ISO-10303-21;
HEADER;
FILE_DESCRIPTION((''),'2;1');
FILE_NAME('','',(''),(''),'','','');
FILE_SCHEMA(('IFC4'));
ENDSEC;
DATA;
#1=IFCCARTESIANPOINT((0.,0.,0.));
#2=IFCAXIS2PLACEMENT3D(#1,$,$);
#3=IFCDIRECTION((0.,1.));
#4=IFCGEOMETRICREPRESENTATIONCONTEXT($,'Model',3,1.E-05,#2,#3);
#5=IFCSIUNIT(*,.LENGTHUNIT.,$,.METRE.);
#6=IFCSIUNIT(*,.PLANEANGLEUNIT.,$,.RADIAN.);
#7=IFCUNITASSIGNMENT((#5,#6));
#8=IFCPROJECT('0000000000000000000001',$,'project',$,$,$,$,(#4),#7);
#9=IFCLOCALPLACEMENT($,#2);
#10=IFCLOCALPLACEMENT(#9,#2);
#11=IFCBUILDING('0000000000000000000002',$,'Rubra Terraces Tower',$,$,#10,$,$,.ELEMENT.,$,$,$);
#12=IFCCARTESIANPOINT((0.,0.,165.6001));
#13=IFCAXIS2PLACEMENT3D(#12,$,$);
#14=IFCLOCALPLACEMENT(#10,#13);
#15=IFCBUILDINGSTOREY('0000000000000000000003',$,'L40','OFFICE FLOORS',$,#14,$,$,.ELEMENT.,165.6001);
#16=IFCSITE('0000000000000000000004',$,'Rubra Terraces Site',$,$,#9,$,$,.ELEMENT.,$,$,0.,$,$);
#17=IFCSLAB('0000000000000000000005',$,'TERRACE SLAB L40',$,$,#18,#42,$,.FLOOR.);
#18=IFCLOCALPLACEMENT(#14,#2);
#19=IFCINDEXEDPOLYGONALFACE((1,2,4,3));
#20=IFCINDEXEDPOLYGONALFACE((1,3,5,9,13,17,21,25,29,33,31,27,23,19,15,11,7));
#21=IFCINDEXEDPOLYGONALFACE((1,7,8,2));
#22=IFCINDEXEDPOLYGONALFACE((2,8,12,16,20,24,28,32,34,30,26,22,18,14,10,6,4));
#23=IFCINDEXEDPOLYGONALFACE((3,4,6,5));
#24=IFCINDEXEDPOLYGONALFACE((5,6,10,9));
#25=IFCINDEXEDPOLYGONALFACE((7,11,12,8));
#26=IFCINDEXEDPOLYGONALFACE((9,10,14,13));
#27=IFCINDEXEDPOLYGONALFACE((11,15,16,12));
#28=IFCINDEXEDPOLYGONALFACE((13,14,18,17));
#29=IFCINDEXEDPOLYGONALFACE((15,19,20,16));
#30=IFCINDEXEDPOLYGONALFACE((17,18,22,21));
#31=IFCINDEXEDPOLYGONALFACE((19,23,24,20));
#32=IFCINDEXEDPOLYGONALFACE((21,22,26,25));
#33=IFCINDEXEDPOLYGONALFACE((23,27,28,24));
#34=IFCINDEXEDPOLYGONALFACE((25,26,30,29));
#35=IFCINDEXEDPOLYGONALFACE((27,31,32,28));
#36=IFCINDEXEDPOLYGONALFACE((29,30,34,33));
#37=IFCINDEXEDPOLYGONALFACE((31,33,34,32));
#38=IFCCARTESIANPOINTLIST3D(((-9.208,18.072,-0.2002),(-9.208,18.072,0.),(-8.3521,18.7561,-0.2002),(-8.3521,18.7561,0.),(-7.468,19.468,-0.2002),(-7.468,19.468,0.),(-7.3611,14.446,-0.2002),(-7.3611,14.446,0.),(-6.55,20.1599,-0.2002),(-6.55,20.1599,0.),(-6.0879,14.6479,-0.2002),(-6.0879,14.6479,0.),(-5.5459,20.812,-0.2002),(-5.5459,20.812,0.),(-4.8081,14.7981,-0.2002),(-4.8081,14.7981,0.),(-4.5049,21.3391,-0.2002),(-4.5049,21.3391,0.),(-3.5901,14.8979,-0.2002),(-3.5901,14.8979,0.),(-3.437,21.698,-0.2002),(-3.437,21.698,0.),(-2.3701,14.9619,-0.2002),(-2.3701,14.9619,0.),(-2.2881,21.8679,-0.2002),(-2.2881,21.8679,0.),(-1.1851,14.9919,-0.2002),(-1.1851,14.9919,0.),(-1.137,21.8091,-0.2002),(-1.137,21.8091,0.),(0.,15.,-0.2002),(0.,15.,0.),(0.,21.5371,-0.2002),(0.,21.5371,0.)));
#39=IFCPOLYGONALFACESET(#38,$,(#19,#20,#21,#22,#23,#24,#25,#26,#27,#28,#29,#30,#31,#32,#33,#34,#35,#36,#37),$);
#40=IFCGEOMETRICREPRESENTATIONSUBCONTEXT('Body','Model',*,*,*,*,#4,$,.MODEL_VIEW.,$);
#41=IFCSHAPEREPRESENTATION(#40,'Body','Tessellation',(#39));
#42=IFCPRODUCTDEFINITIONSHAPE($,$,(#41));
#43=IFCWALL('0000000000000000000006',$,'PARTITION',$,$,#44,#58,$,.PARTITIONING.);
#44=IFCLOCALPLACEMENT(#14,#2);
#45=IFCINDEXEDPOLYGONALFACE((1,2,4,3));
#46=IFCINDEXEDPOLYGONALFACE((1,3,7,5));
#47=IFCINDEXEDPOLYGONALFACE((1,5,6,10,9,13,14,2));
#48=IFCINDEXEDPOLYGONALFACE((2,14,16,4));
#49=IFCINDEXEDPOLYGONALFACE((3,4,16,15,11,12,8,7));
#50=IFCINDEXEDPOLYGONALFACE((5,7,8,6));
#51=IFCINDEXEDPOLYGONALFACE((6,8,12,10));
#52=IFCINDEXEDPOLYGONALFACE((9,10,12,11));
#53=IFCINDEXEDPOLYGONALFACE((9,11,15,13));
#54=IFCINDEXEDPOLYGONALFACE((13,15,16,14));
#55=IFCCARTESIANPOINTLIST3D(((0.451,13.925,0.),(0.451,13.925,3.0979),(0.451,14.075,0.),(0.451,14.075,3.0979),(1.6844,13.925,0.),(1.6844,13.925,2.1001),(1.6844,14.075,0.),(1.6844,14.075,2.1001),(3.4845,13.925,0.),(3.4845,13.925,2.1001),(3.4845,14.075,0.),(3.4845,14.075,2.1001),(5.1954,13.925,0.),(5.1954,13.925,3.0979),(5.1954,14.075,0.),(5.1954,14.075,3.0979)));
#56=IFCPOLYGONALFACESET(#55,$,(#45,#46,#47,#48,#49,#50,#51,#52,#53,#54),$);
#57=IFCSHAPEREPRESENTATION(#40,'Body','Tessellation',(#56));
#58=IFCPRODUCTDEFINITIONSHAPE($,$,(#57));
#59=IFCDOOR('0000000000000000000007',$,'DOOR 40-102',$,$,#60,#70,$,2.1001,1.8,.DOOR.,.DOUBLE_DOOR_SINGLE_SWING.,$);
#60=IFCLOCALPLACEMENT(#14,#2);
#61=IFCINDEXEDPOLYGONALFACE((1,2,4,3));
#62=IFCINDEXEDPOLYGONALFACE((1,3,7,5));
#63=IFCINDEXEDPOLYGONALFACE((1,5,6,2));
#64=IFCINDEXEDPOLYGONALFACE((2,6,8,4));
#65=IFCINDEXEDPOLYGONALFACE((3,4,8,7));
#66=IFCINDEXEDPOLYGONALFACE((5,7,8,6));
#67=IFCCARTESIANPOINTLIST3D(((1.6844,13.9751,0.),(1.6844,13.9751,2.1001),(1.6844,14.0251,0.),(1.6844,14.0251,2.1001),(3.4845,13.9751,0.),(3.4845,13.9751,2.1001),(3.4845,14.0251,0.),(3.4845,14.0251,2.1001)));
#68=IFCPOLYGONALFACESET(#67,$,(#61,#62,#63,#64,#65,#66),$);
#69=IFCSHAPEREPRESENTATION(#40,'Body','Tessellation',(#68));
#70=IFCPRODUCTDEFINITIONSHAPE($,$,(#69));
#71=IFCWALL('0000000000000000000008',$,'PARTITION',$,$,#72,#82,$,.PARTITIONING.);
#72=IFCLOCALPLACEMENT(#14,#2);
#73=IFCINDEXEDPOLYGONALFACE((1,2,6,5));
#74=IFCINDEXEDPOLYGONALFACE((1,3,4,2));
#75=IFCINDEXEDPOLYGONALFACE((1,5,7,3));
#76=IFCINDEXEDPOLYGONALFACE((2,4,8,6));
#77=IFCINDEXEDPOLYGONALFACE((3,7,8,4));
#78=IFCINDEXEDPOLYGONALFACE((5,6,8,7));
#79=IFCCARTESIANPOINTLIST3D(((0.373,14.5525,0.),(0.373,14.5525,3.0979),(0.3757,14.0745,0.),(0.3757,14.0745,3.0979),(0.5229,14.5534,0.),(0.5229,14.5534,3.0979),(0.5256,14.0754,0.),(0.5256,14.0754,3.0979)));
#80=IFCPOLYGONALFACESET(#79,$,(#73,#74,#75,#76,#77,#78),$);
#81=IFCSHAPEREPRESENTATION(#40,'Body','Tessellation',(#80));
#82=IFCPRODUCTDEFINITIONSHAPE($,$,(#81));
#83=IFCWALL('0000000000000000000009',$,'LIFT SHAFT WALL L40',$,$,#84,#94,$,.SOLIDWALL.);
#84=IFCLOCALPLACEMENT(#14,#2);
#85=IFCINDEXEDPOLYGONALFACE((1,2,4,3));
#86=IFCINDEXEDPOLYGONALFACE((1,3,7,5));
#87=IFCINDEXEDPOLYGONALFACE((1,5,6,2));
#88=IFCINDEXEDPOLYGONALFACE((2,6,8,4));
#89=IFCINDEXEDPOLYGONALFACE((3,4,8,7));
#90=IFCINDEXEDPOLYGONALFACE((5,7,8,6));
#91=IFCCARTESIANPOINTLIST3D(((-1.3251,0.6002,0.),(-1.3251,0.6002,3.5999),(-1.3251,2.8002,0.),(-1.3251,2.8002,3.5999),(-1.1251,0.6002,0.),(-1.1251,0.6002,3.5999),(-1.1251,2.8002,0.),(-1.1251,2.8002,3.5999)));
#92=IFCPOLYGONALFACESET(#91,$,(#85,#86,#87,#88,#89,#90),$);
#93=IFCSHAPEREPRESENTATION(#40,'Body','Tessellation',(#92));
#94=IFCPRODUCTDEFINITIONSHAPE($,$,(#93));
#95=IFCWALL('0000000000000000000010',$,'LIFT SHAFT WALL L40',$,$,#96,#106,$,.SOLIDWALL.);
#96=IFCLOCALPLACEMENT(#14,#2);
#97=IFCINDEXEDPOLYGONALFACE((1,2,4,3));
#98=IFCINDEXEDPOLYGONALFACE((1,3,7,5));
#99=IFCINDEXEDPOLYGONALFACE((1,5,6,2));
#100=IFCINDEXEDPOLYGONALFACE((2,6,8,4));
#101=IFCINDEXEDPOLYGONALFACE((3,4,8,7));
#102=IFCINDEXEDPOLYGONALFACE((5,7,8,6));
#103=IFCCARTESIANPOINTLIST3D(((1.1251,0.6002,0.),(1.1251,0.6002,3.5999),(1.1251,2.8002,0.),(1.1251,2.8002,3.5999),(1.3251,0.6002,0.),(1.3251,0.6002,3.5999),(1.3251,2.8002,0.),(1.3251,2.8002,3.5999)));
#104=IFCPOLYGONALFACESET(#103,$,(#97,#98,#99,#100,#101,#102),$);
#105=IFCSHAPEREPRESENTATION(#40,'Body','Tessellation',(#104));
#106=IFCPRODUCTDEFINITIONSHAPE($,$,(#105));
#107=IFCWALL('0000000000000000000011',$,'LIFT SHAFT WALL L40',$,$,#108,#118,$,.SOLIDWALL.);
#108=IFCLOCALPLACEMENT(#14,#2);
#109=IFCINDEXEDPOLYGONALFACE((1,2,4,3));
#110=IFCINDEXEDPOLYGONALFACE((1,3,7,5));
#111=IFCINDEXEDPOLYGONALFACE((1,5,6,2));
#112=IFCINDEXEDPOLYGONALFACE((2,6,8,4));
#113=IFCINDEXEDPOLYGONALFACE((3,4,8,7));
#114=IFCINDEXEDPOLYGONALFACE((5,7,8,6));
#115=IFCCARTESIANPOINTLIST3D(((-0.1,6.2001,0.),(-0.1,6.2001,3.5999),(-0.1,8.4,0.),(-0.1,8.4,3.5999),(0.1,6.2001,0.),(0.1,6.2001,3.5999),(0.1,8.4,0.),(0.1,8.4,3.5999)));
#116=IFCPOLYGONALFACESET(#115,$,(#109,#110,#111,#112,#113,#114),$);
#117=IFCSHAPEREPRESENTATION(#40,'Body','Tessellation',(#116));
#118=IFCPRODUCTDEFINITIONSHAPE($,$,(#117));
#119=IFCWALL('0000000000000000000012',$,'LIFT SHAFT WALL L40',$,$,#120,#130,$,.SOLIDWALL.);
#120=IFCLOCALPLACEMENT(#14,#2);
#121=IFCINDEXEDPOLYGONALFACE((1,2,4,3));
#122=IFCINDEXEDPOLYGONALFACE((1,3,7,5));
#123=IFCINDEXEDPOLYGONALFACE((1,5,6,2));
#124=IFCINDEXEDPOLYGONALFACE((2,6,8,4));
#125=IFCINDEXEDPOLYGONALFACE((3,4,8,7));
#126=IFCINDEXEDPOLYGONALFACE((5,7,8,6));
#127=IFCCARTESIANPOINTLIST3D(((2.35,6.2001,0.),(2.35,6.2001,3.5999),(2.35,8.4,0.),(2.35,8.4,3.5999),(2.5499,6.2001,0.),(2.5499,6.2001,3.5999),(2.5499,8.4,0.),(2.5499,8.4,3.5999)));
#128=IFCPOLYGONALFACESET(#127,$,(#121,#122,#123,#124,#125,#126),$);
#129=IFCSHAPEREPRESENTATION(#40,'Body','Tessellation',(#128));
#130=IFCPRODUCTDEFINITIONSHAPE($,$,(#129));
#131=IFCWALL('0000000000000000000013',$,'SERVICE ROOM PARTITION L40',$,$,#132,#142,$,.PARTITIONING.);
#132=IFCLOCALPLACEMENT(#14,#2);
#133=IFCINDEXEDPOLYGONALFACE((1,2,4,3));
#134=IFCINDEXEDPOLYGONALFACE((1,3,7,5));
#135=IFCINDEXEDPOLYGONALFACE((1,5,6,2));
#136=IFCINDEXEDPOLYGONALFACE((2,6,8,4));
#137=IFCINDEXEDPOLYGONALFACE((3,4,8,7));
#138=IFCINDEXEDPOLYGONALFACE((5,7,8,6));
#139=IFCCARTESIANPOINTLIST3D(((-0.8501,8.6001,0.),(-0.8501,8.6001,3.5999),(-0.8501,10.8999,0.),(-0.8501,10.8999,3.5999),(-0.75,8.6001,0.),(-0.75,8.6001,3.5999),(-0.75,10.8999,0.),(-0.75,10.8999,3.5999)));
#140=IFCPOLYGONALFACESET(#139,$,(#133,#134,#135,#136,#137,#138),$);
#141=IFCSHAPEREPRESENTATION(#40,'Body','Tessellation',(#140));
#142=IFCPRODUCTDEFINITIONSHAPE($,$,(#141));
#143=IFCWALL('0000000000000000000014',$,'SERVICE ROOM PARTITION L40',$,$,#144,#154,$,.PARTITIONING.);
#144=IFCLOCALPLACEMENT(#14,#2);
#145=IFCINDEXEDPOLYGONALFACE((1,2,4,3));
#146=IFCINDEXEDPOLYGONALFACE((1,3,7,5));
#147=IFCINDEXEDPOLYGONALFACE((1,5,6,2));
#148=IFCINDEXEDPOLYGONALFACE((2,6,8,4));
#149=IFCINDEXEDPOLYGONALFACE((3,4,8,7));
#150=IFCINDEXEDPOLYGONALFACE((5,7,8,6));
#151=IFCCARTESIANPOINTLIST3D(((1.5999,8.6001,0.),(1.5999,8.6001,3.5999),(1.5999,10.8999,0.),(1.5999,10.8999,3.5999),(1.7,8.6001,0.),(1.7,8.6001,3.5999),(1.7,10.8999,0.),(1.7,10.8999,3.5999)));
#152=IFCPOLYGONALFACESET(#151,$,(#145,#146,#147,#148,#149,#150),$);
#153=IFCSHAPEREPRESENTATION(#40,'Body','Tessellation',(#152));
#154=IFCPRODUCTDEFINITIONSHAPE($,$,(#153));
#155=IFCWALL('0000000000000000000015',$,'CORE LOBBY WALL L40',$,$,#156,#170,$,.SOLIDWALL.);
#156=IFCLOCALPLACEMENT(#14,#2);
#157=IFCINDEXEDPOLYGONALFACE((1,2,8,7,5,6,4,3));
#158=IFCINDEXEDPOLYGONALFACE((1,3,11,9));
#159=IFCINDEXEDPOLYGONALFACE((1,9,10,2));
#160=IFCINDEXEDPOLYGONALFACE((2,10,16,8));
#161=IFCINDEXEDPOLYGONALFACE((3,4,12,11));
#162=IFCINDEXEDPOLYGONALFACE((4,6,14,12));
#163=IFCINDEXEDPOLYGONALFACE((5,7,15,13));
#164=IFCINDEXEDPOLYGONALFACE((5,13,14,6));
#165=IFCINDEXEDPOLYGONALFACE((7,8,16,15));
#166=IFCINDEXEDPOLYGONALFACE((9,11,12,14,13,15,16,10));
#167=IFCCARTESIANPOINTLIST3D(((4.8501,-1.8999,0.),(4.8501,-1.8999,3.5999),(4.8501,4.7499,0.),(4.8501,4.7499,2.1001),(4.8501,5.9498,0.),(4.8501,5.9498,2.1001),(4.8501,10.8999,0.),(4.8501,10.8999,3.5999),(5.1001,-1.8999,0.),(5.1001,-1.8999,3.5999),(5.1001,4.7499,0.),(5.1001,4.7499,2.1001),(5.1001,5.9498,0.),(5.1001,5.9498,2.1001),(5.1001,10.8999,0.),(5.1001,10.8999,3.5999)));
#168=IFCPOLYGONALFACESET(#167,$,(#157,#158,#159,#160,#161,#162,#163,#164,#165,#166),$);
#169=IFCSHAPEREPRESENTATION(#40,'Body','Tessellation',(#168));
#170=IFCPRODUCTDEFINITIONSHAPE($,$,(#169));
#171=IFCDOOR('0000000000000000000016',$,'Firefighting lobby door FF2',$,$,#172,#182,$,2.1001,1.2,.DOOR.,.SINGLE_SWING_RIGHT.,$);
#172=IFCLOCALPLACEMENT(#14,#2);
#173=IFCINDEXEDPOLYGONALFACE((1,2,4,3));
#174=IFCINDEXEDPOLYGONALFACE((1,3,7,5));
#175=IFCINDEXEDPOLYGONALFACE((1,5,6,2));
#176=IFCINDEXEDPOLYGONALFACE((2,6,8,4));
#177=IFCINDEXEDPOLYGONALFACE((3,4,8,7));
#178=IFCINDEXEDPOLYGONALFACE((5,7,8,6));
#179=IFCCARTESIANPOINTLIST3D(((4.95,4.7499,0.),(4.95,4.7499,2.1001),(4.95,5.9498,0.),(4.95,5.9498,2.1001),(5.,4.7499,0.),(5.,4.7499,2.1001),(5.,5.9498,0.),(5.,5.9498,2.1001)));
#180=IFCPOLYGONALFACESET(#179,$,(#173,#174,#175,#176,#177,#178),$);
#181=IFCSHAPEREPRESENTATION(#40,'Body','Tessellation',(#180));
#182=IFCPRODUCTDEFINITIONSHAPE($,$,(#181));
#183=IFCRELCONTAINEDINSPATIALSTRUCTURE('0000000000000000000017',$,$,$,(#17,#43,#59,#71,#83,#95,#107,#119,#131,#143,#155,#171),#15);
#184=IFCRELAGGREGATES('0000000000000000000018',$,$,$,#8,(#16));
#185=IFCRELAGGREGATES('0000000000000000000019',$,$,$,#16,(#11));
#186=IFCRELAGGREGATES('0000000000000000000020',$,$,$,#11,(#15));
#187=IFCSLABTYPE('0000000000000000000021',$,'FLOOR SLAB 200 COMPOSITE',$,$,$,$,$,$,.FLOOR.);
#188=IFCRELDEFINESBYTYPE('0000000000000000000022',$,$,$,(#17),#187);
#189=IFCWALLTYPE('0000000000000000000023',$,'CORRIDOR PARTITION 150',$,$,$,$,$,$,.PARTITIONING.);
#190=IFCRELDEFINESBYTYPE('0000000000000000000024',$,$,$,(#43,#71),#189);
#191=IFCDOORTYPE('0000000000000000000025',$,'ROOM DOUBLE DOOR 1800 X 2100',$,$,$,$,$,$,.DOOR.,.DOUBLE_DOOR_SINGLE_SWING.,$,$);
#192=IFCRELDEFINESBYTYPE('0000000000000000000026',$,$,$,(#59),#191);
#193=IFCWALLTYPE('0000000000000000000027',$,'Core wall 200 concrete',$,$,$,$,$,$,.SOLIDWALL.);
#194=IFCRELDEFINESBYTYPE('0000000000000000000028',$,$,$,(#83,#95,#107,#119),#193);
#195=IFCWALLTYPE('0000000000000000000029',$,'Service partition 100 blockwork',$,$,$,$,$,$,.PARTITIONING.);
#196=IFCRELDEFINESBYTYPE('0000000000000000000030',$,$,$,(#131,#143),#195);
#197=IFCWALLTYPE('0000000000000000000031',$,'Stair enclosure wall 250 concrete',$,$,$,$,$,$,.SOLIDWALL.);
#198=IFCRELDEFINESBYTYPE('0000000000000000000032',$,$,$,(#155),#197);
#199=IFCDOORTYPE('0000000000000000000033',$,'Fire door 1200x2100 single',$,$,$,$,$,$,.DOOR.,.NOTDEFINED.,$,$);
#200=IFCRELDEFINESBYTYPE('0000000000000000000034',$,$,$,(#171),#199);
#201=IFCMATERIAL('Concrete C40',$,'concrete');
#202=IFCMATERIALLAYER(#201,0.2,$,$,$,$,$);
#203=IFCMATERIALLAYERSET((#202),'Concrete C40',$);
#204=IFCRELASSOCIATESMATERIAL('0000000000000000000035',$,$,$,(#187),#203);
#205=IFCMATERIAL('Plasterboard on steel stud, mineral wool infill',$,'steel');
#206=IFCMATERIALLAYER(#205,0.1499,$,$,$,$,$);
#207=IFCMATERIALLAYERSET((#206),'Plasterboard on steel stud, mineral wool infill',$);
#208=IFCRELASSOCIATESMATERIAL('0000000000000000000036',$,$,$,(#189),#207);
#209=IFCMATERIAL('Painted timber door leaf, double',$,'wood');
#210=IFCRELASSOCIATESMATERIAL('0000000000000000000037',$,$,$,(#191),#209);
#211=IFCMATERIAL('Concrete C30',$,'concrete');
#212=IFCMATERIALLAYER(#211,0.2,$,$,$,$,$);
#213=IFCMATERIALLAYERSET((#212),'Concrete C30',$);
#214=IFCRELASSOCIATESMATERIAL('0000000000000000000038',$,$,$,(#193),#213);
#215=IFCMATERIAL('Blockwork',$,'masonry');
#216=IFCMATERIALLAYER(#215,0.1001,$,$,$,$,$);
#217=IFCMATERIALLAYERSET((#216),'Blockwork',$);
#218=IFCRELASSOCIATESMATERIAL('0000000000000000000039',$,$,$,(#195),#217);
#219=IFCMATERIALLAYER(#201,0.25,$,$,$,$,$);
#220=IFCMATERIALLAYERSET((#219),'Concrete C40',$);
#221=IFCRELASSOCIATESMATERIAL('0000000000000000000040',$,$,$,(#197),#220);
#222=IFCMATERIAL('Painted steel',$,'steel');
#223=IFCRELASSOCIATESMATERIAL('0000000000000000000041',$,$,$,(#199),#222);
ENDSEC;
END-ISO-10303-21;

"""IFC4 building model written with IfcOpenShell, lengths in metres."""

from ifc_helpers import new_model, si_unit, direction, frame, frame_2d, origin, place, context, subcontext, project, spatial, polyline, rectangle, outline, extrude, material, layer, layer_set, type_object, element, fill, save


model = new_model("IFC4")

# Units and contexts
model_context = context("Model", 3, precision=1e-05, world=origin(), true_north=direction((0.0, 1.0)))
body_context = subcontext(model_context, "Body", "Model", "MODEL_VIEW")
ifc_project = project(units=[si_unit("LENGTHUNIT", "METRE"), si_unit("PLANEANGLEUNIT", "RADIAN")], contexts=[model_context])

# Site, building, storey
site_placement = place(None, origin())
site = spatial("IfcSite", under=ifc_project, at=site_placement, Name="Rubra Terraces Site", CompositionType="ELEMENT", RefElevation=0.0)
building_placement = place(site_placement, origin())
building = spatial("IfcBuilding", under=site, at=building_placement, Name="Rubra Terraces Tower", CompositionType="ELEMENT")
storey_placement = place(building_placement, frame((0.0, 0.0, 165.6001)))
storey = spatial("IfcBuildingStorey", under=building, at=storey_placement, Name="L40", Description="OFFICE FLOORS", CompositionType="ELEMENT", Elevation=165.6001)

# Shared definitions
ifc_material_1 = material(Name="Concrete C40", Category="concrete")

# Slab
ifc_layer_1 = layer(ifc_material_1, 0.2)
ifc_layer_set_1 = layer_set([ifc_layer_1], Name="Concrete C40")
slab_type_1 = type_object("IfcSlabType", Name="FLOOR SLAB 200 COMPOSITE", PredefinedType="FLOOR", material=ifc_layer_set_1)
slab_1_placement = place(storey_placement, frame((0.0, 0.0, -0.2002)))
element("IfcSlab", 1, at=slab_1_placement, inside=storey, type_object=slab_type_1, Name="TERRACE SLAB L40", PredefinedType="FLOOR", context=body_context, shape_type="SweptSolid", body=[
    extrude(outline(polyline([(0.0, 21.5371), (-1.137, 21.8091), (-2.2881, 21.8679), (-3.437, 21.698), (-4.5049, 21.3391), (-5.5459, 20.812), (-6.55, 20.1599), (-7.468, 19.468), (-8.3521, 18.7561), (-9.208, 18.072), (-7.3611, 14.446), (-6.0879, 14.6479), (-4.8081, 14.7981), (-3.5901, 14.8979), (-2.3701, 14.9619), (-1.1851, 14.9919), (0.0, 15.0), (0.0, 21.5371)])), origin(), (0.0, 0.0, 1.0), 0.2002),
])

# Wall, opening, door
ifc_material_2 = material(Name="Plasterboard on steel stud, mineral wool infill", Category="steel")
ifc_layer_2 = layer(ifc_material_2, 0.1499)
ifc_layer_set_2 = layer_set([ifc_layer_2], Name="Plasterboard on steel stud, mineral wool infill")
wall_type_1 = type_object("IfcWallType", Name="CORRIDOR PARTITION 150", PredefinedType="PARTITIONING", material=ifc_layer_set_2)
wall_1_placement = place(storey_placement, frame((5.1953, 14.0, 0.0), z_axis=(0.0, 0.0, 1.0), x_axis=(-1.0, 0.0, 0.0)))
wall_1 = element("IfcWall", 2, at=wall_1_placement, inside=storey, type_object=wall_type_1, Name="PARTITION", PredefinedType="PARTITIONING", context=body_context, shape_type="SweptSolid", body=[
    extrude(rectangle(XDim=4.7444, YDim=0.1499, at=frame_2d((2.3721, 0.0))), origin(), (0.0, 0.0, 1.0), 3.0979),
])
opening_1_placement = place(wall_1_placement, frame((1.7109, 0.0, 0.0)))
opening_1 = element("IfcOpeningElement", 3, at=opening_1_placement, cuts=wall_1, PredefinedType="OPENING", context=body_context, shape_type="SweptSolid", body=[
    extrude(rectangle(XDim=1.8, YDim=2.1001, at=frame_2d((0.8999, 1.05))), frame((0.0, 0.085, 0.0), z_axis=(0.0, -1.0, 0.0), x_axis=(1.0, 0.0, 0.0)), (0.0, 0.0, 1.0), 0.1699),
])
ifc_material_3 = material(Name="Painted timber door leaf, double", Category="wood")
door_type_1 = type_object("IfcDoorType", Name="ROOM DOUBLE DOOR 1800 X 2100", OperationType="DOUBLE_DOOR_SINGLE_SWING", PredefinedType="DOOR", material=ifc_material_3)
door_1_placement = place(opening_1_placement, origin())
door_1 = element("IfcDoor", 4, at=door_1_placement, inside=storey, type_object=door_type_1, Name="DOOR 40-102", OperationType="DOUBLE_DOOR_SINGLE_SWING", OverallHeight=2.1001, OverallWidth=1.8, PredefinedType="DOOR", context=body_context, shape_type="SweptSolid", body=[
    extrude(rectangle(XDim=1.8, YDim=2.1001, at=frame_2d((0.8999, 1.05))), frame((0.0, 0.0249, 0.0), z_axis=(0.0, -1.0, 0.0), x_axis=(1.0, 0.0, 0.0)), (0.0, 0.0, 1.0), 0.05),
])
fill(opening_1, door_1)

# Walls
wall_2_placement = place(storey_placement, frame((0.4507, 14.075, 0.0), z_axis=(0.0, 0.0, 1.0), x_axis=(-0.005618, 0.999984, 0.0)))
element("IfcWall", 5, at=wall_2_placement, inside=storey, type_object=wall_type_1, Name="PARTITION", PredefinedType="PARTITIONING", context=body_context, shape_type="SweptSolid", body=[
    extrude(rectangle(XDim=0.478, YDim=0.1499, at=frame_2d((0.239, 0.0))), origin(), (0.0, 0.0, 1.0), 3.0979),
])
ifc_material_4 = material(Name="Concrete C30", Category="concrete")
ifc_layer_3 = layer(ifc_material_4, 0.2)
ifc_layer_set_3 = layer_set([ifc_layer_3], Name="Concrete C30")
wall_type_2 = type_object("IfcWallType", Name="Core wall 200 concrete", PredefinedType="SOLIDWALL", material=ifc_layer_set_3)
for number, where, z_axis, x_axis, name in (
    (6, (-1.2251, 0.6001, 0.0), (0.0, 0.0, 1.0), (0.0, 1.0, 0.0), "LIFT SHAFT WALL L40"),
    (7, (1.2251, 0.6001, 0.0), (0.0, 0.0, 1.0), (0.0, 1.0, 0.0), "LIFT SHAFT WALL L40"),
    (8, (0.0, 6.2, 0.0), (0.0, 0.0, 1.0), (0.0, 1.0, 0.0), "LIFT SHAFT WALL L40"),
    (9, (2.45, 6.2, 0.0), (0.0, 0.0, 1.0), (0.0, 1.0, 0.0), "LIFT SHAFT WALL L40"),
):
    element("IfcWall", number, at=place(storey_placement, frame(where, z_axis=z_axis, x_axis=x_axis)), inside=storey, type_object=wall_type_2, Name=name, PredefinedType="SOLIDWALL", context=body_context, shape_type="SweptSolid", body=[
        extrude(rectangle(XDim=2.2, YDim=0.2, at=frame_2d((1.1001, 0.0))), origin(), (0.0, 0.0, 1.0), 3.5999),
    ])
ifc_material_5 = material(Name="Blockwork", Category="masonry")
ifc_layer_4 = layer(ifc_material_5, 0.1001)
ifc_layer_set_4 = layer_set([ifc_layer_4], Name="Blockwork")
wall_type_3 = type_object("IfcWallType", Name="Service partition 100 blockwork", PredefinedType="PARTITIONING", material=ifc_layer_set_4)
for number, where, z_axis, x_axis, name in (
    (10, (-0.8, 8.6001, 0.0), (0.0, 0.0, 1.0), (0.0, 1.0, 0.0), "SERVICE ROOM PARTITION L40"),
    (11, (1.6499, 8.6001, 0.0), (0.0, 0.0, 1.0), (0.0, 1.0, 0.0), "SERVICE ROOM PARTITION L40"),
):
    element("IfcWall", number, at=place(storey_placement, frame(where, z_axis=z_axis, x_axis=x_axis)), inside=storey, type_object=wall_type_3, Name=name, PredefinedType="PARTITIONING", context=body_context, shape_type="SweptSolid", body=[
        extrude(rectangle(XDim=2.2998, YDim=0.1001, at=frame_2d((1.1499, 0.0))), origin(), (0.0, 0.0, 1.0), 3.5999),
    ])

# Wall, opening, door
ifc_layer_5 = layer(ifc_material_1, 0.25)
ifc_layer_set_5 = layer_set([ifc_layer_5], Name="Concrete C40")
wall_type_4 = type_object("IfcWallType", Name="Stair enclosure wall 250 concrete", PredefinedType="SOLIDWALL", material=ifc_layer_set_5)
wall_3_placement = place(storey_placement, frame((4.9751, 10.8999, 0.0), z_axis=(0.0, 0.0, 1.0), x_axis=(0.0, -1.0, 0.0)))
wall_3 = element("IfcWall", 12, at=wall_3_placement, inside=storey, type_object=wall_type_4, Name="CORE LOBBY WALL L40", PredefinedType="SOLIDWALL", context=body_context, shape_type="SweptSolid", body=[
    extrude(rectangle(XDim=12.7998, YDim=0.25, at=frame_2d((6.3999, 0.0))), origin(), (0.0, 0.0, 1.0), 3.5999),
])
opening_2_placement = place(wall_3_placement, frame((4.95, 0.0, 0.0)))
opening_2 = element("IfcOpeningElement", 13, at=opening_2_placement, cuts=wall_3, PredefinedType="OPENING", context=body_context, shape_type="SweptSolid", body=[
    extrude(rectangle(XDim=1.2, YDim=2.1001, at=frame_2d((0.6001, 1.05))), frame((0.0, 0.135, 0.0), z_axis=(0.0, -1.0, 0.0), x_axis=(1.0, 0.0, 0.0)), (0.0, 0.0, 1.0), 0.27),
])
ifc_material_6 = material(Name="Painted steel", Category="steel")
door_type_2 = type_object("IfcDoorType", Name="Fire door 1200x2100 single", OperationType="NOTDEFINED", PredefinedType="DOOR", material=ifc_material_6)
door_2_placement = place(opening_2_placement, origin())
door_2 = element("IfcDoor", 14, at=door_2_placement, inside=storey, type_object=door_type_2, Name="Firefighting lobby door FF2", OperationType="SINGLE_SWING_RIGHT", OverallHeight=2.1001, OverallWidth=1.2, PredefinedType="DOOR", context=body_context, shape_type="SweptSolid", body=[
    extrude(rectangle(XDim=1.2, YDim=2.1001, at=frame_2d((0.6001, 1.05))), frame((0.0, 0.0249, 0.0), z_axis=(0.0, -1.0, 0.0), x_axis=(1.0, 0.0, 0.0)), (0.0, 0.0, 1.0), 0.05),
])
fill(opening_2, door_2)

save(model, "model.ifc")
